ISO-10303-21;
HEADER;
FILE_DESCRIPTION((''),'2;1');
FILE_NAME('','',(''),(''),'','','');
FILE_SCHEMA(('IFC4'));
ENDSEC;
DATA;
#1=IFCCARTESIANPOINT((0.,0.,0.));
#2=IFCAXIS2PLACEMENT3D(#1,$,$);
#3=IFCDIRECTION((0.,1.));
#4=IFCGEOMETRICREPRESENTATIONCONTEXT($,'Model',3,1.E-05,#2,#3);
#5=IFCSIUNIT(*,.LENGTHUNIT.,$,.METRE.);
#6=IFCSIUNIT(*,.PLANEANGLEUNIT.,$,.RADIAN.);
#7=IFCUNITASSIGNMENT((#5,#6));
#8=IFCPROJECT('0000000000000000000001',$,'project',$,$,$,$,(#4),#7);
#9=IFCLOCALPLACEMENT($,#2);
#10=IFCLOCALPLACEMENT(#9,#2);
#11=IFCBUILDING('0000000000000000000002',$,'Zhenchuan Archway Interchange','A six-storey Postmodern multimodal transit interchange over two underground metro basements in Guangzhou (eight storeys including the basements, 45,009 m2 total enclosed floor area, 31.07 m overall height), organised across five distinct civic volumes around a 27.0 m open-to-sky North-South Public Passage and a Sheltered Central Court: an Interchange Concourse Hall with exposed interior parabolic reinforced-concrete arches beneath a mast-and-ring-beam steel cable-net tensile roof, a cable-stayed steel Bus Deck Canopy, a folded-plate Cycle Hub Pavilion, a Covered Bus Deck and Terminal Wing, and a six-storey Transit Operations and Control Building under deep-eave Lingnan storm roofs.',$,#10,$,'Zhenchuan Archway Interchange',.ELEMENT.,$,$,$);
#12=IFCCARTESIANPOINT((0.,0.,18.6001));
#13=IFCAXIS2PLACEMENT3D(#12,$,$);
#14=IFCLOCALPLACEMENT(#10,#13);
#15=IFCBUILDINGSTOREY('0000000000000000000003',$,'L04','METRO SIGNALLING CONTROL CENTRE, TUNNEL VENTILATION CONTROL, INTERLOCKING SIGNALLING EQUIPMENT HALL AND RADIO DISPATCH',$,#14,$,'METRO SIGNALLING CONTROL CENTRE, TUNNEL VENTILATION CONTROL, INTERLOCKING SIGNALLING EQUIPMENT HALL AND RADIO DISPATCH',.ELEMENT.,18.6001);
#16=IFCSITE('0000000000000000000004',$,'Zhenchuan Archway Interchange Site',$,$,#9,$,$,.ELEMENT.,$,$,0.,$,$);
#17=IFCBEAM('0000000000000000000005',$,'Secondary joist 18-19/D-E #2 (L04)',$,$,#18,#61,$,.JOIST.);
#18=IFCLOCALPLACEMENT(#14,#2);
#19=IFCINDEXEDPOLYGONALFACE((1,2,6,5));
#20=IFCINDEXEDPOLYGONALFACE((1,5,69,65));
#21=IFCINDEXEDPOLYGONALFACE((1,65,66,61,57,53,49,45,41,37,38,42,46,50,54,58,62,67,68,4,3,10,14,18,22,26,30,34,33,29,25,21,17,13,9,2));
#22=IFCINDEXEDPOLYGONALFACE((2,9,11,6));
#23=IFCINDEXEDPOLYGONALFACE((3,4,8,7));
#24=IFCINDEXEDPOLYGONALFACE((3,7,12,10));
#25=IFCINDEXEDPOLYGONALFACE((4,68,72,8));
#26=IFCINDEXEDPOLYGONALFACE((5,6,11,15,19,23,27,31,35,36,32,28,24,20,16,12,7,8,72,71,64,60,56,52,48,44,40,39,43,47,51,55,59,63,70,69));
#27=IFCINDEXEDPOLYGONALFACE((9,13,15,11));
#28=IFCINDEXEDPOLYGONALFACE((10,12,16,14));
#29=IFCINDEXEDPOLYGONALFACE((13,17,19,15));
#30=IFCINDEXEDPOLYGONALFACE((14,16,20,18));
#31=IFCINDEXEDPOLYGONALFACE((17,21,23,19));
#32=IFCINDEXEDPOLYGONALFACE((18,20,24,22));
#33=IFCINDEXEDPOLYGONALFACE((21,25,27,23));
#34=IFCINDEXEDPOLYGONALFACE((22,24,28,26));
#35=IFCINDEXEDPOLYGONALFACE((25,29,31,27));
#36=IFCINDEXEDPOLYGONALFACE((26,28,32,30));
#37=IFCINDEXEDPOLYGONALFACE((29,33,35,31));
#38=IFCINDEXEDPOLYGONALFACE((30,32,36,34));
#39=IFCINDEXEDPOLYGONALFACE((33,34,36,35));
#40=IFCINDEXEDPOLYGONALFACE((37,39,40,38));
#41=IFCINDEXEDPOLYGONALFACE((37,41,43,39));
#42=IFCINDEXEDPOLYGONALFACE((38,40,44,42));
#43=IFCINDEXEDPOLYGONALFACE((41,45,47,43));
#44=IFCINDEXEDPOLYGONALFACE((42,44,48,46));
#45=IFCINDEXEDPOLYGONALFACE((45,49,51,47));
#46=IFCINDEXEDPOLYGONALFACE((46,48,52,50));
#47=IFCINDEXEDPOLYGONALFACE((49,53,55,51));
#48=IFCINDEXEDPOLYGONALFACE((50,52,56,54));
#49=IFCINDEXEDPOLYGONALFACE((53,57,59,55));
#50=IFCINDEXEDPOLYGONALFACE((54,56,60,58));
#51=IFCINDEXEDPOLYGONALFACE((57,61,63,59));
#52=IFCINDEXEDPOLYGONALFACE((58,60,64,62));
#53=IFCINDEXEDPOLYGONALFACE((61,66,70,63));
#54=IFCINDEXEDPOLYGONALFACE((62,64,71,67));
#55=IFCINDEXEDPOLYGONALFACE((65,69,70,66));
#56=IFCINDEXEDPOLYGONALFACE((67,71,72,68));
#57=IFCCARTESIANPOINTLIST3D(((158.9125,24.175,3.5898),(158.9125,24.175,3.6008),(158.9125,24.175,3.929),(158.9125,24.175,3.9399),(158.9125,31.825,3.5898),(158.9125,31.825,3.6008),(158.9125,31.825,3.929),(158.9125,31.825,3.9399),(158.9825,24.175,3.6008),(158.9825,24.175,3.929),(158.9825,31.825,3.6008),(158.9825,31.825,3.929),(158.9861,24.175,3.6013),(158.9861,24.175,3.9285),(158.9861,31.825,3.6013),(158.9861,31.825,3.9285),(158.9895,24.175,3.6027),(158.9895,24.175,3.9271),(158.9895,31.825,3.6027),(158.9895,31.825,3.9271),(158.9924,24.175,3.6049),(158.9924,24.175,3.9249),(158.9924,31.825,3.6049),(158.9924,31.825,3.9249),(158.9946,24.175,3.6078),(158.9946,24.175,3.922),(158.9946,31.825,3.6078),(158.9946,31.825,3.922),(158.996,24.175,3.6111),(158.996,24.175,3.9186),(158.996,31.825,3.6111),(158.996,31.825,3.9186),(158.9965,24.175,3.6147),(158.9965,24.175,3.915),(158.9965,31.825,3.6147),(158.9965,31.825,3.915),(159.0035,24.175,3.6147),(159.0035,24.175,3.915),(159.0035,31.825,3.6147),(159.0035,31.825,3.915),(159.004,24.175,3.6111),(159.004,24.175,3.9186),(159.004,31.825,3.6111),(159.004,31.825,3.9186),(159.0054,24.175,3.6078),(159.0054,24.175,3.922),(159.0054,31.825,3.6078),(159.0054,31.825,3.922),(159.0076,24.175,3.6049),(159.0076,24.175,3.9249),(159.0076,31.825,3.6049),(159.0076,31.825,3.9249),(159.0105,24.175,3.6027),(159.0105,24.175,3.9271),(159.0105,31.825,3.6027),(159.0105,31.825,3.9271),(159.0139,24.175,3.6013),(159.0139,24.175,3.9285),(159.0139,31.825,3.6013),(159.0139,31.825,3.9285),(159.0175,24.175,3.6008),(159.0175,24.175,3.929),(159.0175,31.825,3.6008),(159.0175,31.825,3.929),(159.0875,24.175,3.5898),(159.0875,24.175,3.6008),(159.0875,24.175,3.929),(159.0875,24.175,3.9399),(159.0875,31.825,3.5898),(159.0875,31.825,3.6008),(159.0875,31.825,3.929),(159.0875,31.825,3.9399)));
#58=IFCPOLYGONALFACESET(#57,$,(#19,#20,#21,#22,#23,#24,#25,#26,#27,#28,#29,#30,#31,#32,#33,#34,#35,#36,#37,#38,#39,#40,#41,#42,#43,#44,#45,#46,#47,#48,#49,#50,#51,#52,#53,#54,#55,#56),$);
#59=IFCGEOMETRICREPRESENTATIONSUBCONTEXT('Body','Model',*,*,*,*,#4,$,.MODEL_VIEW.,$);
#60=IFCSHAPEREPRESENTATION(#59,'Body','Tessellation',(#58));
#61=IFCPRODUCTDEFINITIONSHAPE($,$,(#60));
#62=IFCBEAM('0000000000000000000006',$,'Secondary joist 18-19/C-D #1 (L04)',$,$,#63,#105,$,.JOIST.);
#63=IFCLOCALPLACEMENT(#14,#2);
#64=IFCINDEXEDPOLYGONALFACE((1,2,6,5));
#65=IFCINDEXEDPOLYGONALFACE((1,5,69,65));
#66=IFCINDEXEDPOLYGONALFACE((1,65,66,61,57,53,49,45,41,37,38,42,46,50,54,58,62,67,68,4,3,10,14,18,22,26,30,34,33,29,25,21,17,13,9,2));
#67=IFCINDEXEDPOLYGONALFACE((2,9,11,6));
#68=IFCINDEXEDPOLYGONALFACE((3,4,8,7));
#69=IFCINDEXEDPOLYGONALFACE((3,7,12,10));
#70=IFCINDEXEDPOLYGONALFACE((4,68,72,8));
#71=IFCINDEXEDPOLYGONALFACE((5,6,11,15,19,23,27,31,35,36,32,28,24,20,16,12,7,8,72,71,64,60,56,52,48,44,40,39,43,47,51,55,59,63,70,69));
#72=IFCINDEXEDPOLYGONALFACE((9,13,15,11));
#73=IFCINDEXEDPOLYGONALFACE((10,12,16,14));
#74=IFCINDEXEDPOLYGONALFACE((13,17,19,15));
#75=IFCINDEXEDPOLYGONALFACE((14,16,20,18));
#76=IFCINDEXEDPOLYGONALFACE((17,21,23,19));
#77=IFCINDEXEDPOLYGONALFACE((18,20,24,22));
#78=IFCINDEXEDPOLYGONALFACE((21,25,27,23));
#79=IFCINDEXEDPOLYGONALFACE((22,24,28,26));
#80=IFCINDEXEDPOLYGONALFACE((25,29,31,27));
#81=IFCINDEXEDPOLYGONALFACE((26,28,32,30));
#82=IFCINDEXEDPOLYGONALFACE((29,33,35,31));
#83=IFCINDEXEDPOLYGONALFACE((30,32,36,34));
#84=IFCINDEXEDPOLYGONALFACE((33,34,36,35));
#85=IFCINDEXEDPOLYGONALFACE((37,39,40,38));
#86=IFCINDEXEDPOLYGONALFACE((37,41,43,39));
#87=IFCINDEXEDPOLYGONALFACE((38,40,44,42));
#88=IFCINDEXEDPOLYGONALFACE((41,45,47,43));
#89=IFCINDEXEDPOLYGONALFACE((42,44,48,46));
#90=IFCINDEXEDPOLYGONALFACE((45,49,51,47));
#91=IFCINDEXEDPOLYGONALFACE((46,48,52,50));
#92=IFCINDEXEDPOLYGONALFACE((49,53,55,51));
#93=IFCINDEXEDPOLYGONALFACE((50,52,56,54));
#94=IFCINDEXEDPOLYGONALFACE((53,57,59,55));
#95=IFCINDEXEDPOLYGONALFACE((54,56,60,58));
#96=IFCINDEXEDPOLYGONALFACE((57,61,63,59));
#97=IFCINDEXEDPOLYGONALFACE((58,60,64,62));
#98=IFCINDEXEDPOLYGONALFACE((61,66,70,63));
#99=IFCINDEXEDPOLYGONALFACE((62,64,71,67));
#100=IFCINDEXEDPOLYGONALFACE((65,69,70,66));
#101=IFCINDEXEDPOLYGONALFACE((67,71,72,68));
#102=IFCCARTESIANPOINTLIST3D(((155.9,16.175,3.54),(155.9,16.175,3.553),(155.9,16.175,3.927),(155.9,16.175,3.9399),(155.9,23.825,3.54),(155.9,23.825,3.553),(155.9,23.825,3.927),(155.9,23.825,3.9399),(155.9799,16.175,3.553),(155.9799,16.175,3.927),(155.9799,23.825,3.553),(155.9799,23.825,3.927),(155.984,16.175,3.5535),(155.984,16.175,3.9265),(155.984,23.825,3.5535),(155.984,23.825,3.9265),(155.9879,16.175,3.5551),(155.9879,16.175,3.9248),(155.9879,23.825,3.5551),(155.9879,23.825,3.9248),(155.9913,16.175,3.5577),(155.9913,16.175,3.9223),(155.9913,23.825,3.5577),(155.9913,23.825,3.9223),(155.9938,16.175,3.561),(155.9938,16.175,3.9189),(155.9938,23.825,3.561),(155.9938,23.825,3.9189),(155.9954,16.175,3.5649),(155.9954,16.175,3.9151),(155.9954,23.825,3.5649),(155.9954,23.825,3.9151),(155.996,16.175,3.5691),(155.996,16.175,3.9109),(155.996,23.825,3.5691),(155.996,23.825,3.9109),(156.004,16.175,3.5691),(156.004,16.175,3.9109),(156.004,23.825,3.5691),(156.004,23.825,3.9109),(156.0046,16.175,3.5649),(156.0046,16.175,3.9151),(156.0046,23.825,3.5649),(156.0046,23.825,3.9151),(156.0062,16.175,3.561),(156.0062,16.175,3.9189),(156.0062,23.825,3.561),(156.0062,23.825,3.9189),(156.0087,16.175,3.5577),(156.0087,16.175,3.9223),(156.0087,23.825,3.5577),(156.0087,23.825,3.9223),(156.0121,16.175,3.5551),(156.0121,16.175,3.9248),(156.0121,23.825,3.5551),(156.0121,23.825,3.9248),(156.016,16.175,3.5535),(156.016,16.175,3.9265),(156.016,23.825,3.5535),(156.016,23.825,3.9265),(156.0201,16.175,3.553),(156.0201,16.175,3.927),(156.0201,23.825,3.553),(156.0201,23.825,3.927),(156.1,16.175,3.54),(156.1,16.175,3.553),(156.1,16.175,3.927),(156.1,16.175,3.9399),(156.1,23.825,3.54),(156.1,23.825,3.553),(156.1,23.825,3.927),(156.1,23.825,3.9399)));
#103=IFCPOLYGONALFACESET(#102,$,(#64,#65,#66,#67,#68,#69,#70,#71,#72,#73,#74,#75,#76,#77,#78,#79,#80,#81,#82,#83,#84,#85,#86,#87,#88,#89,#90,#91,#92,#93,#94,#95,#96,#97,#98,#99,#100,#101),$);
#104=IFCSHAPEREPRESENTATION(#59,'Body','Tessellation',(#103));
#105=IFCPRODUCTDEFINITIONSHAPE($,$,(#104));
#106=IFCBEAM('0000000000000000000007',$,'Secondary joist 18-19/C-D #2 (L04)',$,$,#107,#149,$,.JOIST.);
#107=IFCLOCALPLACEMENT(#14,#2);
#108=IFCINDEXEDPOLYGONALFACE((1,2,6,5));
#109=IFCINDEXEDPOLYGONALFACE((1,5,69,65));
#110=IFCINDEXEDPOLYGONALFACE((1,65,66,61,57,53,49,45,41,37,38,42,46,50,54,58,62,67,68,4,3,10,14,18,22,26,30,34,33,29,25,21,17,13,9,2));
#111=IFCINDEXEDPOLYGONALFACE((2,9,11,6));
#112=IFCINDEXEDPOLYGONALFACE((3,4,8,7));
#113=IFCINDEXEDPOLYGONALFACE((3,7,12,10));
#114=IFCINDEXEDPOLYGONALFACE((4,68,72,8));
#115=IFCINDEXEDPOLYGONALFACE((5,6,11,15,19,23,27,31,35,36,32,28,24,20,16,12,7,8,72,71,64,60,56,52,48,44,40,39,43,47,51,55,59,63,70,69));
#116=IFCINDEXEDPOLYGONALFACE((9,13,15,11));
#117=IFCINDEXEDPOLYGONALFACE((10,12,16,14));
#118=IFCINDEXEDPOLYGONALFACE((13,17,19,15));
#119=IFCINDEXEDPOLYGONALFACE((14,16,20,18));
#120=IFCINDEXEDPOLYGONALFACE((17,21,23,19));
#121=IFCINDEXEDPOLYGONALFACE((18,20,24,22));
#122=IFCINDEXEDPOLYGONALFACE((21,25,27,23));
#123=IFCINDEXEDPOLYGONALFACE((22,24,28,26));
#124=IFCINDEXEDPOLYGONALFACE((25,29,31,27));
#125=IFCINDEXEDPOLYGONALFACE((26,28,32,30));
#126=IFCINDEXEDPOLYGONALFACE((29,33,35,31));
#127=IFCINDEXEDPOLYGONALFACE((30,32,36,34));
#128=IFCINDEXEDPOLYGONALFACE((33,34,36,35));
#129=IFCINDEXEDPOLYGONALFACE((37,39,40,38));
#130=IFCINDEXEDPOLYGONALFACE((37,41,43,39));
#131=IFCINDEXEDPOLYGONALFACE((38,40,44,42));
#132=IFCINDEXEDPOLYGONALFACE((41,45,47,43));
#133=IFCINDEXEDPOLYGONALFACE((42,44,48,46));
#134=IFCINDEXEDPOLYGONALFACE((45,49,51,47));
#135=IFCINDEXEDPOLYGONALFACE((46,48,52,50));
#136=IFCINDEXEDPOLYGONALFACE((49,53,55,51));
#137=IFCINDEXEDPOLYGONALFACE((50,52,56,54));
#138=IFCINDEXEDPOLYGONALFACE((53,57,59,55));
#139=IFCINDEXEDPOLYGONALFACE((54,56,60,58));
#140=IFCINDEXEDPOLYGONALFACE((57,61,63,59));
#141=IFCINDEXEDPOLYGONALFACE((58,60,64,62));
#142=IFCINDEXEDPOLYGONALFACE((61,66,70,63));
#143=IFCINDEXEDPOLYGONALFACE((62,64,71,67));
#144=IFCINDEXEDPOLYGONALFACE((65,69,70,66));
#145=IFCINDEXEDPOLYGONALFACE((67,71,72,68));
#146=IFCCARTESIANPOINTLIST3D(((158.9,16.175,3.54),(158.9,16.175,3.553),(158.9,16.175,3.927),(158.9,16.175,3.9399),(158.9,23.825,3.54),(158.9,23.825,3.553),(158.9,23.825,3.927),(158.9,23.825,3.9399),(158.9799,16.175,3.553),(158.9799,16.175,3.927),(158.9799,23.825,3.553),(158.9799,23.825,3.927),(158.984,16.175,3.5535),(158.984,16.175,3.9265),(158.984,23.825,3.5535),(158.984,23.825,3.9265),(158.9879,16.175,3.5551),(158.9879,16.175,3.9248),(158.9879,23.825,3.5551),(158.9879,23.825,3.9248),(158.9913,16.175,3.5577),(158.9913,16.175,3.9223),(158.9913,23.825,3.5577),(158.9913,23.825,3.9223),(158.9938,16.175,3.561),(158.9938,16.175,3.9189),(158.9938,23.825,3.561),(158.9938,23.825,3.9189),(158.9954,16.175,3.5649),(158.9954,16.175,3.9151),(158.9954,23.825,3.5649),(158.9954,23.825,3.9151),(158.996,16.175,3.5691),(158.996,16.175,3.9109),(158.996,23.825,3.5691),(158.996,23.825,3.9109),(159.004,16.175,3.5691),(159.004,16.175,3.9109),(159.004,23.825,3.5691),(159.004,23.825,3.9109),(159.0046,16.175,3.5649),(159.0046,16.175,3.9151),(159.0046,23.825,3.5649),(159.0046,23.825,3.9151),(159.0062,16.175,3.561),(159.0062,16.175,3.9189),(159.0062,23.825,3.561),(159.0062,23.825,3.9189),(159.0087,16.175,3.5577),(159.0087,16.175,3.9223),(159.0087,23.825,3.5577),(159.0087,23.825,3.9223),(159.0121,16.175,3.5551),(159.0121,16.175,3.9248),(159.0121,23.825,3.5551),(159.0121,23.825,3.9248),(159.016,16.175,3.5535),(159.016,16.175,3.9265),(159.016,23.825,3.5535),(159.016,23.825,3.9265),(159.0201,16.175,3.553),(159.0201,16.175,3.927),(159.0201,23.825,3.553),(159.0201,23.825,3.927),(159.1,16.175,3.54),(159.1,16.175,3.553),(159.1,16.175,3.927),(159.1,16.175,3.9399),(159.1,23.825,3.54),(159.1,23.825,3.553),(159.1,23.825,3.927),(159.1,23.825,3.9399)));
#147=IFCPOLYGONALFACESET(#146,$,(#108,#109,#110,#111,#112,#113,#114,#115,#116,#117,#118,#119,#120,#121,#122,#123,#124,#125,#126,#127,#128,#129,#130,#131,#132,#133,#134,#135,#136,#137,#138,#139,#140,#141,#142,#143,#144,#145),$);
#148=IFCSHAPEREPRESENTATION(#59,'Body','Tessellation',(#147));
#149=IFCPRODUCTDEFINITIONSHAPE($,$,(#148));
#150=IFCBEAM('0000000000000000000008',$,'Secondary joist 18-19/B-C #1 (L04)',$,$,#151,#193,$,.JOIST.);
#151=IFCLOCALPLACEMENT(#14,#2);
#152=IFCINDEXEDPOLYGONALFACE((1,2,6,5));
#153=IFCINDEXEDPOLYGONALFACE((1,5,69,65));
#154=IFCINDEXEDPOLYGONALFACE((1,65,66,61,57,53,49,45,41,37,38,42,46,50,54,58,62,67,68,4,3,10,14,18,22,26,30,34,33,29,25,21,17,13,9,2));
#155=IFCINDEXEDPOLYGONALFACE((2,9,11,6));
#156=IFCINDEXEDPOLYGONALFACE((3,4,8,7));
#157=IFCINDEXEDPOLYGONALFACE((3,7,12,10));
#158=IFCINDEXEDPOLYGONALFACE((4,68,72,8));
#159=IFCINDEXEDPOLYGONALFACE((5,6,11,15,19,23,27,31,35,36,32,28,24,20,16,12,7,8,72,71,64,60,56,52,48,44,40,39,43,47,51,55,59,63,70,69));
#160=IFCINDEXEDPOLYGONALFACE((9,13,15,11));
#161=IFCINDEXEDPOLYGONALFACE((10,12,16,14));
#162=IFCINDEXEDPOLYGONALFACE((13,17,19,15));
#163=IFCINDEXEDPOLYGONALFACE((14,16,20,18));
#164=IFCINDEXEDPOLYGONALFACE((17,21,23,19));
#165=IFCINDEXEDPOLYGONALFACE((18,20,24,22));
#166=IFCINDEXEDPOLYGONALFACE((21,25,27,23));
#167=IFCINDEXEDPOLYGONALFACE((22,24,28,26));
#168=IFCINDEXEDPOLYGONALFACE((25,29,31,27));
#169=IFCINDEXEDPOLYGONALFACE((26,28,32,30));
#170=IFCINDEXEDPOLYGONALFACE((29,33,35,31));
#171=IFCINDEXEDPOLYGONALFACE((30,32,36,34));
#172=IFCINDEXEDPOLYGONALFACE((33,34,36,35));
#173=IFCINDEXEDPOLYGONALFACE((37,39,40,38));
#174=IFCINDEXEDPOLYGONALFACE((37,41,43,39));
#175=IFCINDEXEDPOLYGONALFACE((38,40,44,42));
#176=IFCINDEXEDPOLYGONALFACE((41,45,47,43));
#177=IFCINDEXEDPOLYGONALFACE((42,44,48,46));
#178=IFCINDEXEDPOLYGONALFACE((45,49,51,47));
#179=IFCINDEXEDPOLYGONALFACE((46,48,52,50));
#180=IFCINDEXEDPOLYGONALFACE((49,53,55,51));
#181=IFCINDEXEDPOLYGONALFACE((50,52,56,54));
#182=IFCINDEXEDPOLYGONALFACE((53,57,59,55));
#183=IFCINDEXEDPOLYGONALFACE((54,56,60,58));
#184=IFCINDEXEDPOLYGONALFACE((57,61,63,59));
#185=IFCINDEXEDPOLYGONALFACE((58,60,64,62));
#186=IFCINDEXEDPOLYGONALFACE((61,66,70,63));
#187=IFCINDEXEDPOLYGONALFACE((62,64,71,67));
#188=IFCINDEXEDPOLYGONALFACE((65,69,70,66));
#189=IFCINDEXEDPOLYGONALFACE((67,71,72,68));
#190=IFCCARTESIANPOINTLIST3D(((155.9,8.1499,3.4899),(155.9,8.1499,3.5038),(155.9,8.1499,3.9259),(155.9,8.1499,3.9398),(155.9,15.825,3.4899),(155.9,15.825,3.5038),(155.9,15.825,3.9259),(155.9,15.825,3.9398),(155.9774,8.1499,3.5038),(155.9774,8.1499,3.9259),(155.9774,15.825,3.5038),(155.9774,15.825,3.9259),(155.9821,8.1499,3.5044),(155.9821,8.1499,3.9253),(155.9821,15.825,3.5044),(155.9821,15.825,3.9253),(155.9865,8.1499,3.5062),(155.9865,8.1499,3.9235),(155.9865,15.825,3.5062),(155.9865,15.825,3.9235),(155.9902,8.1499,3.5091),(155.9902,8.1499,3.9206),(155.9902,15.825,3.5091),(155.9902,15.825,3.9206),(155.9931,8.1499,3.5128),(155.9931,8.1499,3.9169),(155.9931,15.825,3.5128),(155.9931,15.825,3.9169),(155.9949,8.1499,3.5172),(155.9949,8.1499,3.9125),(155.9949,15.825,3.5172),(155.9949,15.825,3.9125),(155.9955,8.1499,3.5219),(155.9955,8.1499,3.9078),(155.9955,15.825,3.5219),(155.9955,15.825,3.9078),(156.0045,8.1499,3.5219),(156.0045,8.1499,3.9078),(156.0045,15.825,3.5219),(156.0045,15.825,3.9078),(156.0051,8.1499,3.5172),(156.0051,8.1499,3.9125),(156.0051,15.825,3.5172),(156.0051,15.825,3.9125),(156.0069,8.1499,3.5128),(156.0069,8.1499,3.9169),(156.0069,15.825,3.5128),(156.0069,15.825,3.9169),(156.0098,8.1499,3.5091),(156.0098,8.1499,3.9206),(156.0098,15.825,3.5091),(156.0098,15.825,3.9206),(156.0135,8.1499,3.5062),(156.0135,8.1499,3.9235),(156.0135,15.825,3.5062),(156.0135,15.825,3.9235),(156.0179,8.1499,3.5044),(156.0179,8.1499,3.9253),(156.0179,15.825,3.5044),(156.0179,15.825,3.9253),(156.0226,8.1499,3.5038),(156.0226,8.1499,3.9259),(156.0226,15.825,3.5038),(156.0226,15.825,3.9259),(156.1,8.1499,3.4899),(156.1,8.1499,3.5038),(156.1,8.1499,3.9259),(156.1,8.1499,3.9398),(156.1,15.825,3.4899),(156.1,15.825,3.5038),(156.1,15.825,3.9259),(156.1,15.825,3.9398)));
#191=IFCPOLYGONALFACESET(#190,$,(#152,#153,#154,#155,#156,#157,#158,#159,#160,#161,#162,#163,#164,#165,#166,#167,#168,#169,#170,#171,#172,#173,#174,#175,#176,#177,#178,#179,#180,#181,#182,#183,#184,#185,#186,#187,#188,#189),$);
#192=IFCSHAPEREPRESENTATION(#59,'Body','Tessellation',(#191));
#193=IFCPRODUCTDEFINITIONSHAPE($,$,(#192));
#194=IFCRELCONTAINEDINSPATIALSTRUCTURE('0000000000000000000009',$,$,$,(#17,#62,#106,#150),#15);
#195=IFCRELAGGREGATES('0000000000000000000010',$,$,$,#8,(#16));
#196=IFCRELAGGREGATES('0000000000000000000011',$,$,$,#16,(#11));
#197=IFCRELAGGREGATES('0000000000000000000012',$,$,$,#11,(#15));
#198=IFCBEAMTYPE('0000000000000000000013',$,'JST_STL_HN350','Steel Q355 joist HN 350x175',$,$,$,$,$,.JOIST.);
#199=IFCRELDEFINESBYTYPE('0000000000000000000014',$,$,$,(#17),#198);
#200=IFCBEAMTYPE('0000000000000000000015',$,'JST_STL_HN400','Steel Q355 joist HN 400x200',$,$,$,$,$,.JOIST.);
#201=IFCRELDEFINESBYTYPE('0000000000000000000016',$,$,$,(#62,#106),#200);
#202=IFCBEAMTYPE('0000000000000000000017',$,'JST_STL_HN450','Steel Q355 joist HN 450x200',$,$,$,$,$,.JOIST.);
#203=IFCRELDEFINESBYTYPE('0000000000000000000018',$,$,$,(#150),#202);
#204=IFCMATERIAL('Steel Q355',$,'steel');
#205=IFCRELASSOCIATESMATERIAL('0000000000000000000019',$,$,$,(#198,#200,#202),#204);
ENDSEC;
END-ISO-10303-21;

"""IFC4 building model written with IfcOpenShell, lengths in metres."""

from ifc_helpers import new_model, si_unit, direction, frame, origin, origin_2d, place, context, subcontext, project, spatial, i_section, extrude, material, material_profile, profile_set, type_object, element, save


model = new_model("IFC4")

# Units and contexts
model_context = context("Model", 3, precision=1e-05, world=origin(), true_north=direction((0.0, 1.0)))
body_context = subcontext(model_context, "Body", "Model", "MODEL_VIEW")
ifc_project = project(units=[si_unit("LENGTHUNIT", "METRE"), si_unit("PLANEANGLEUNIT", "RADIAN")], contexts=[model_context])

# Site, building, storey
site_placement = place(None, origin())
site = spatial("IfcSite", under=ifc_project, at=site_placement, Name="Zhenchuan Archway Interchange Site", CompositionType="ELEMENT", RefElevation=0.0)
building_placement = place(site_placement, origin())
building = spatial("IfcBuilding", under=site, at=building_placement, Name="Zhenchuan Archway Interchange", Description="A six-storey Postmodern multimodal transit interchange over two underground metro basements in Guangzhou (eight storeys including the basements, 45,009 m2 total enclosed floor area, 31.07 m overall height), organised across five distinct civic volumes around a 27.0 m open-to-sky North-South Public Passage and a Sheltered Central Court: an Interchange Concourse Hall with exposed interior parabolic reinforced-concrete arches beneath a mast-and-ring-beam steel cable-net tensile roof, a cable-stayed steel Bus Deck Canopy, a folded-plate Cycle Hub Pavilion, a Covered Bus Deck and Terminal Wing, and a six-storey Transit Operations and Control Building under deep-eave Lingnan storm roofs.", LongName="Zhenchuan Archway Interchange", CompositionType="ELEMENT")
storey_placement = place(building_placement, frame((0.0, 0.0, 18.6001)))
storey = spatial("IfcBuildingStorey", under=building, at=storey_placement, Name="L04", Description="METRO SIGNALLING CONTROL CENTRE, TUNNEL VENTILATION CONTROL, INTERLOCKING SIGNALLING EQUIPMENT HALL AND RADIO DISPATCH", LongName="METRO SIGNALLING CONTROL CENTRE, TUNNEL VENTILATION CONTROL, INTERLOCKING SIGNALLING EQUIPMENT HALL AND RADIO DISPATCH", CompositionType="ELEMENT", Elevation=18.6001)

# Beams
ifc_material_1 = material(Name="Steel Q355", Category="steel")
ifc_material_profile_1 = material_profile(ifc_material_1, i_section(OverallWidth=0.175, OverallDepth=0.3501, WebThickness=0.0071, FlangeThickness=0.011, FilletRadius=0.0139, at=origin_2d()), Name="HN 350x175")
ifc_profile_set_1 = profile_set([ifc_material_profile_1], Name="Steel Q355")
beam_type_1 = type_object("IfcBeamType", Name="JST_STL_HN350", Description="Steel Q355 joist HN 350x175", PredefinedType="JOIST", material=ifc_profile_set_1)
for number, where, z_axis, x_axis, name in (
    (1, (159.0, 24.175, 3.7649), (0.0, 1.0, 0.0), (-1.0, 0.0, 0.0), "Secondary joist 18-19/D-E #2 (L04)"),
):
    element("IfcBeam", number, at=place(storey_placement, frame(where, z_axis=z_axis, x_axis=x_axis)), inside=storey, type_object=beam_type_1, Name=name, PredefinedType="JOIST", context=body_context, shape_type="SweptSolid", body=[
        extrude(i_section(OverallWidth=0.175, OverallDepth=0.3501, WebThickness=0.0071, FlangeThickness=0.011, FilletRadius=0.0139, at=origin_2d()), origin(), (0.0, 0.0, 1.0), 7.6499),
    ])
ifc_material_profile_2 = material_profile(ifc_material_1, i_section(OverallWidth=0.2, OverallDepth=0.3999, WebThickness=0.0081, FlangeThickness=0.0129, FilletRadius=0.0161, at=origin_2d()), Name="HN 400x200")
ifc_profile_set_2 = profile_set([ifc_material_profile_2], Name="Steel Q355")
beam_type_2 = type_object("IfcBeamType", Name="JST_STL_HN400", Description="Steel Q355 joist HN 400x200", PredefinedType="JOIST", material=ifc_profile_set_2)
for number, where, z_axis, x_axis, name in (
    (2, (156.0, 16.175, 3.74), (0.0, 1.0, 0.0), (-1.0, 0.0, 0.0), "Secondary joist 18-19/C-D #1 (L04)"),
    (3, (159.0, 16.175, 3.74), (0.0, 1.0, 0.0), (-1.0, 0.0, 0.0), "Secondary joist 18-19/C-D #2 (L04)"),
):
    element("IfcBeam", number, at=place(storey_placement, frame(where, z_axis=z_axis, x_axis=x_axis)), inside=storey, type_object=beam_type_2, Name=name, PredefinedType="JOIST", context=body_context, shape_type="SweptSolid", body=[
        extrude(i_section(OverallWidth=0.2, OverallDepth=0.3999, WebThickness=0.0081, FlangeThickness=0.0129, FilletRadius=0.0161, at=origin_2d()), origin(), (0.0, 0.0, 1.0), 7.6499),
    ])
ifc_material_profile_3 = material_profile(ifc_material_1, i_section(OverallWidth=0.2, OverallDepth=0.45, WebThickness=0.009, FlangeThickness=0.0139, FilletRadius=0.0181, at=origin_2d()), Name="HN 450x200")
ifc_profile_set_3 = profile_set([ifc_material_profile_3], Name="Steel Q355")
beam_type_3 = type_object("IfcBeamType", Name="JST_STL_HN450", Description="Steel Q355 joist HN 450x200", PredefinedType="JOIST", material=ifc_profile_set_3)
for number, where, z_axis, x_axis, name in (
    (4, (156.0, 8.1499, 3.7148), (0.0, 1.0, 0.0), (-1.0, 0.0, 0.0), "Secondary joist 18-19/B-C #1 (L04)"),
):
    element("IfcBeam", number, at=place(storey_placement, frame(where, z_axis=z_axis, x_axis=x_axis)), inside=storey, type_object=beam_type_3, Name=name, PredefinedType="JOIST", context=body_context, shape_type="SweptSolid", body=[
        extrude(i_section(OverallWidth=0.2, OverallDepth=0.45, WebThickness=0.009, FlangeThickness=0.0139, FilletRadius=0.0181, at=origin_2d()), origin(), (0.0, 0.0, 1.0), 7.675),
    ])

save(model, "model.ifc")
